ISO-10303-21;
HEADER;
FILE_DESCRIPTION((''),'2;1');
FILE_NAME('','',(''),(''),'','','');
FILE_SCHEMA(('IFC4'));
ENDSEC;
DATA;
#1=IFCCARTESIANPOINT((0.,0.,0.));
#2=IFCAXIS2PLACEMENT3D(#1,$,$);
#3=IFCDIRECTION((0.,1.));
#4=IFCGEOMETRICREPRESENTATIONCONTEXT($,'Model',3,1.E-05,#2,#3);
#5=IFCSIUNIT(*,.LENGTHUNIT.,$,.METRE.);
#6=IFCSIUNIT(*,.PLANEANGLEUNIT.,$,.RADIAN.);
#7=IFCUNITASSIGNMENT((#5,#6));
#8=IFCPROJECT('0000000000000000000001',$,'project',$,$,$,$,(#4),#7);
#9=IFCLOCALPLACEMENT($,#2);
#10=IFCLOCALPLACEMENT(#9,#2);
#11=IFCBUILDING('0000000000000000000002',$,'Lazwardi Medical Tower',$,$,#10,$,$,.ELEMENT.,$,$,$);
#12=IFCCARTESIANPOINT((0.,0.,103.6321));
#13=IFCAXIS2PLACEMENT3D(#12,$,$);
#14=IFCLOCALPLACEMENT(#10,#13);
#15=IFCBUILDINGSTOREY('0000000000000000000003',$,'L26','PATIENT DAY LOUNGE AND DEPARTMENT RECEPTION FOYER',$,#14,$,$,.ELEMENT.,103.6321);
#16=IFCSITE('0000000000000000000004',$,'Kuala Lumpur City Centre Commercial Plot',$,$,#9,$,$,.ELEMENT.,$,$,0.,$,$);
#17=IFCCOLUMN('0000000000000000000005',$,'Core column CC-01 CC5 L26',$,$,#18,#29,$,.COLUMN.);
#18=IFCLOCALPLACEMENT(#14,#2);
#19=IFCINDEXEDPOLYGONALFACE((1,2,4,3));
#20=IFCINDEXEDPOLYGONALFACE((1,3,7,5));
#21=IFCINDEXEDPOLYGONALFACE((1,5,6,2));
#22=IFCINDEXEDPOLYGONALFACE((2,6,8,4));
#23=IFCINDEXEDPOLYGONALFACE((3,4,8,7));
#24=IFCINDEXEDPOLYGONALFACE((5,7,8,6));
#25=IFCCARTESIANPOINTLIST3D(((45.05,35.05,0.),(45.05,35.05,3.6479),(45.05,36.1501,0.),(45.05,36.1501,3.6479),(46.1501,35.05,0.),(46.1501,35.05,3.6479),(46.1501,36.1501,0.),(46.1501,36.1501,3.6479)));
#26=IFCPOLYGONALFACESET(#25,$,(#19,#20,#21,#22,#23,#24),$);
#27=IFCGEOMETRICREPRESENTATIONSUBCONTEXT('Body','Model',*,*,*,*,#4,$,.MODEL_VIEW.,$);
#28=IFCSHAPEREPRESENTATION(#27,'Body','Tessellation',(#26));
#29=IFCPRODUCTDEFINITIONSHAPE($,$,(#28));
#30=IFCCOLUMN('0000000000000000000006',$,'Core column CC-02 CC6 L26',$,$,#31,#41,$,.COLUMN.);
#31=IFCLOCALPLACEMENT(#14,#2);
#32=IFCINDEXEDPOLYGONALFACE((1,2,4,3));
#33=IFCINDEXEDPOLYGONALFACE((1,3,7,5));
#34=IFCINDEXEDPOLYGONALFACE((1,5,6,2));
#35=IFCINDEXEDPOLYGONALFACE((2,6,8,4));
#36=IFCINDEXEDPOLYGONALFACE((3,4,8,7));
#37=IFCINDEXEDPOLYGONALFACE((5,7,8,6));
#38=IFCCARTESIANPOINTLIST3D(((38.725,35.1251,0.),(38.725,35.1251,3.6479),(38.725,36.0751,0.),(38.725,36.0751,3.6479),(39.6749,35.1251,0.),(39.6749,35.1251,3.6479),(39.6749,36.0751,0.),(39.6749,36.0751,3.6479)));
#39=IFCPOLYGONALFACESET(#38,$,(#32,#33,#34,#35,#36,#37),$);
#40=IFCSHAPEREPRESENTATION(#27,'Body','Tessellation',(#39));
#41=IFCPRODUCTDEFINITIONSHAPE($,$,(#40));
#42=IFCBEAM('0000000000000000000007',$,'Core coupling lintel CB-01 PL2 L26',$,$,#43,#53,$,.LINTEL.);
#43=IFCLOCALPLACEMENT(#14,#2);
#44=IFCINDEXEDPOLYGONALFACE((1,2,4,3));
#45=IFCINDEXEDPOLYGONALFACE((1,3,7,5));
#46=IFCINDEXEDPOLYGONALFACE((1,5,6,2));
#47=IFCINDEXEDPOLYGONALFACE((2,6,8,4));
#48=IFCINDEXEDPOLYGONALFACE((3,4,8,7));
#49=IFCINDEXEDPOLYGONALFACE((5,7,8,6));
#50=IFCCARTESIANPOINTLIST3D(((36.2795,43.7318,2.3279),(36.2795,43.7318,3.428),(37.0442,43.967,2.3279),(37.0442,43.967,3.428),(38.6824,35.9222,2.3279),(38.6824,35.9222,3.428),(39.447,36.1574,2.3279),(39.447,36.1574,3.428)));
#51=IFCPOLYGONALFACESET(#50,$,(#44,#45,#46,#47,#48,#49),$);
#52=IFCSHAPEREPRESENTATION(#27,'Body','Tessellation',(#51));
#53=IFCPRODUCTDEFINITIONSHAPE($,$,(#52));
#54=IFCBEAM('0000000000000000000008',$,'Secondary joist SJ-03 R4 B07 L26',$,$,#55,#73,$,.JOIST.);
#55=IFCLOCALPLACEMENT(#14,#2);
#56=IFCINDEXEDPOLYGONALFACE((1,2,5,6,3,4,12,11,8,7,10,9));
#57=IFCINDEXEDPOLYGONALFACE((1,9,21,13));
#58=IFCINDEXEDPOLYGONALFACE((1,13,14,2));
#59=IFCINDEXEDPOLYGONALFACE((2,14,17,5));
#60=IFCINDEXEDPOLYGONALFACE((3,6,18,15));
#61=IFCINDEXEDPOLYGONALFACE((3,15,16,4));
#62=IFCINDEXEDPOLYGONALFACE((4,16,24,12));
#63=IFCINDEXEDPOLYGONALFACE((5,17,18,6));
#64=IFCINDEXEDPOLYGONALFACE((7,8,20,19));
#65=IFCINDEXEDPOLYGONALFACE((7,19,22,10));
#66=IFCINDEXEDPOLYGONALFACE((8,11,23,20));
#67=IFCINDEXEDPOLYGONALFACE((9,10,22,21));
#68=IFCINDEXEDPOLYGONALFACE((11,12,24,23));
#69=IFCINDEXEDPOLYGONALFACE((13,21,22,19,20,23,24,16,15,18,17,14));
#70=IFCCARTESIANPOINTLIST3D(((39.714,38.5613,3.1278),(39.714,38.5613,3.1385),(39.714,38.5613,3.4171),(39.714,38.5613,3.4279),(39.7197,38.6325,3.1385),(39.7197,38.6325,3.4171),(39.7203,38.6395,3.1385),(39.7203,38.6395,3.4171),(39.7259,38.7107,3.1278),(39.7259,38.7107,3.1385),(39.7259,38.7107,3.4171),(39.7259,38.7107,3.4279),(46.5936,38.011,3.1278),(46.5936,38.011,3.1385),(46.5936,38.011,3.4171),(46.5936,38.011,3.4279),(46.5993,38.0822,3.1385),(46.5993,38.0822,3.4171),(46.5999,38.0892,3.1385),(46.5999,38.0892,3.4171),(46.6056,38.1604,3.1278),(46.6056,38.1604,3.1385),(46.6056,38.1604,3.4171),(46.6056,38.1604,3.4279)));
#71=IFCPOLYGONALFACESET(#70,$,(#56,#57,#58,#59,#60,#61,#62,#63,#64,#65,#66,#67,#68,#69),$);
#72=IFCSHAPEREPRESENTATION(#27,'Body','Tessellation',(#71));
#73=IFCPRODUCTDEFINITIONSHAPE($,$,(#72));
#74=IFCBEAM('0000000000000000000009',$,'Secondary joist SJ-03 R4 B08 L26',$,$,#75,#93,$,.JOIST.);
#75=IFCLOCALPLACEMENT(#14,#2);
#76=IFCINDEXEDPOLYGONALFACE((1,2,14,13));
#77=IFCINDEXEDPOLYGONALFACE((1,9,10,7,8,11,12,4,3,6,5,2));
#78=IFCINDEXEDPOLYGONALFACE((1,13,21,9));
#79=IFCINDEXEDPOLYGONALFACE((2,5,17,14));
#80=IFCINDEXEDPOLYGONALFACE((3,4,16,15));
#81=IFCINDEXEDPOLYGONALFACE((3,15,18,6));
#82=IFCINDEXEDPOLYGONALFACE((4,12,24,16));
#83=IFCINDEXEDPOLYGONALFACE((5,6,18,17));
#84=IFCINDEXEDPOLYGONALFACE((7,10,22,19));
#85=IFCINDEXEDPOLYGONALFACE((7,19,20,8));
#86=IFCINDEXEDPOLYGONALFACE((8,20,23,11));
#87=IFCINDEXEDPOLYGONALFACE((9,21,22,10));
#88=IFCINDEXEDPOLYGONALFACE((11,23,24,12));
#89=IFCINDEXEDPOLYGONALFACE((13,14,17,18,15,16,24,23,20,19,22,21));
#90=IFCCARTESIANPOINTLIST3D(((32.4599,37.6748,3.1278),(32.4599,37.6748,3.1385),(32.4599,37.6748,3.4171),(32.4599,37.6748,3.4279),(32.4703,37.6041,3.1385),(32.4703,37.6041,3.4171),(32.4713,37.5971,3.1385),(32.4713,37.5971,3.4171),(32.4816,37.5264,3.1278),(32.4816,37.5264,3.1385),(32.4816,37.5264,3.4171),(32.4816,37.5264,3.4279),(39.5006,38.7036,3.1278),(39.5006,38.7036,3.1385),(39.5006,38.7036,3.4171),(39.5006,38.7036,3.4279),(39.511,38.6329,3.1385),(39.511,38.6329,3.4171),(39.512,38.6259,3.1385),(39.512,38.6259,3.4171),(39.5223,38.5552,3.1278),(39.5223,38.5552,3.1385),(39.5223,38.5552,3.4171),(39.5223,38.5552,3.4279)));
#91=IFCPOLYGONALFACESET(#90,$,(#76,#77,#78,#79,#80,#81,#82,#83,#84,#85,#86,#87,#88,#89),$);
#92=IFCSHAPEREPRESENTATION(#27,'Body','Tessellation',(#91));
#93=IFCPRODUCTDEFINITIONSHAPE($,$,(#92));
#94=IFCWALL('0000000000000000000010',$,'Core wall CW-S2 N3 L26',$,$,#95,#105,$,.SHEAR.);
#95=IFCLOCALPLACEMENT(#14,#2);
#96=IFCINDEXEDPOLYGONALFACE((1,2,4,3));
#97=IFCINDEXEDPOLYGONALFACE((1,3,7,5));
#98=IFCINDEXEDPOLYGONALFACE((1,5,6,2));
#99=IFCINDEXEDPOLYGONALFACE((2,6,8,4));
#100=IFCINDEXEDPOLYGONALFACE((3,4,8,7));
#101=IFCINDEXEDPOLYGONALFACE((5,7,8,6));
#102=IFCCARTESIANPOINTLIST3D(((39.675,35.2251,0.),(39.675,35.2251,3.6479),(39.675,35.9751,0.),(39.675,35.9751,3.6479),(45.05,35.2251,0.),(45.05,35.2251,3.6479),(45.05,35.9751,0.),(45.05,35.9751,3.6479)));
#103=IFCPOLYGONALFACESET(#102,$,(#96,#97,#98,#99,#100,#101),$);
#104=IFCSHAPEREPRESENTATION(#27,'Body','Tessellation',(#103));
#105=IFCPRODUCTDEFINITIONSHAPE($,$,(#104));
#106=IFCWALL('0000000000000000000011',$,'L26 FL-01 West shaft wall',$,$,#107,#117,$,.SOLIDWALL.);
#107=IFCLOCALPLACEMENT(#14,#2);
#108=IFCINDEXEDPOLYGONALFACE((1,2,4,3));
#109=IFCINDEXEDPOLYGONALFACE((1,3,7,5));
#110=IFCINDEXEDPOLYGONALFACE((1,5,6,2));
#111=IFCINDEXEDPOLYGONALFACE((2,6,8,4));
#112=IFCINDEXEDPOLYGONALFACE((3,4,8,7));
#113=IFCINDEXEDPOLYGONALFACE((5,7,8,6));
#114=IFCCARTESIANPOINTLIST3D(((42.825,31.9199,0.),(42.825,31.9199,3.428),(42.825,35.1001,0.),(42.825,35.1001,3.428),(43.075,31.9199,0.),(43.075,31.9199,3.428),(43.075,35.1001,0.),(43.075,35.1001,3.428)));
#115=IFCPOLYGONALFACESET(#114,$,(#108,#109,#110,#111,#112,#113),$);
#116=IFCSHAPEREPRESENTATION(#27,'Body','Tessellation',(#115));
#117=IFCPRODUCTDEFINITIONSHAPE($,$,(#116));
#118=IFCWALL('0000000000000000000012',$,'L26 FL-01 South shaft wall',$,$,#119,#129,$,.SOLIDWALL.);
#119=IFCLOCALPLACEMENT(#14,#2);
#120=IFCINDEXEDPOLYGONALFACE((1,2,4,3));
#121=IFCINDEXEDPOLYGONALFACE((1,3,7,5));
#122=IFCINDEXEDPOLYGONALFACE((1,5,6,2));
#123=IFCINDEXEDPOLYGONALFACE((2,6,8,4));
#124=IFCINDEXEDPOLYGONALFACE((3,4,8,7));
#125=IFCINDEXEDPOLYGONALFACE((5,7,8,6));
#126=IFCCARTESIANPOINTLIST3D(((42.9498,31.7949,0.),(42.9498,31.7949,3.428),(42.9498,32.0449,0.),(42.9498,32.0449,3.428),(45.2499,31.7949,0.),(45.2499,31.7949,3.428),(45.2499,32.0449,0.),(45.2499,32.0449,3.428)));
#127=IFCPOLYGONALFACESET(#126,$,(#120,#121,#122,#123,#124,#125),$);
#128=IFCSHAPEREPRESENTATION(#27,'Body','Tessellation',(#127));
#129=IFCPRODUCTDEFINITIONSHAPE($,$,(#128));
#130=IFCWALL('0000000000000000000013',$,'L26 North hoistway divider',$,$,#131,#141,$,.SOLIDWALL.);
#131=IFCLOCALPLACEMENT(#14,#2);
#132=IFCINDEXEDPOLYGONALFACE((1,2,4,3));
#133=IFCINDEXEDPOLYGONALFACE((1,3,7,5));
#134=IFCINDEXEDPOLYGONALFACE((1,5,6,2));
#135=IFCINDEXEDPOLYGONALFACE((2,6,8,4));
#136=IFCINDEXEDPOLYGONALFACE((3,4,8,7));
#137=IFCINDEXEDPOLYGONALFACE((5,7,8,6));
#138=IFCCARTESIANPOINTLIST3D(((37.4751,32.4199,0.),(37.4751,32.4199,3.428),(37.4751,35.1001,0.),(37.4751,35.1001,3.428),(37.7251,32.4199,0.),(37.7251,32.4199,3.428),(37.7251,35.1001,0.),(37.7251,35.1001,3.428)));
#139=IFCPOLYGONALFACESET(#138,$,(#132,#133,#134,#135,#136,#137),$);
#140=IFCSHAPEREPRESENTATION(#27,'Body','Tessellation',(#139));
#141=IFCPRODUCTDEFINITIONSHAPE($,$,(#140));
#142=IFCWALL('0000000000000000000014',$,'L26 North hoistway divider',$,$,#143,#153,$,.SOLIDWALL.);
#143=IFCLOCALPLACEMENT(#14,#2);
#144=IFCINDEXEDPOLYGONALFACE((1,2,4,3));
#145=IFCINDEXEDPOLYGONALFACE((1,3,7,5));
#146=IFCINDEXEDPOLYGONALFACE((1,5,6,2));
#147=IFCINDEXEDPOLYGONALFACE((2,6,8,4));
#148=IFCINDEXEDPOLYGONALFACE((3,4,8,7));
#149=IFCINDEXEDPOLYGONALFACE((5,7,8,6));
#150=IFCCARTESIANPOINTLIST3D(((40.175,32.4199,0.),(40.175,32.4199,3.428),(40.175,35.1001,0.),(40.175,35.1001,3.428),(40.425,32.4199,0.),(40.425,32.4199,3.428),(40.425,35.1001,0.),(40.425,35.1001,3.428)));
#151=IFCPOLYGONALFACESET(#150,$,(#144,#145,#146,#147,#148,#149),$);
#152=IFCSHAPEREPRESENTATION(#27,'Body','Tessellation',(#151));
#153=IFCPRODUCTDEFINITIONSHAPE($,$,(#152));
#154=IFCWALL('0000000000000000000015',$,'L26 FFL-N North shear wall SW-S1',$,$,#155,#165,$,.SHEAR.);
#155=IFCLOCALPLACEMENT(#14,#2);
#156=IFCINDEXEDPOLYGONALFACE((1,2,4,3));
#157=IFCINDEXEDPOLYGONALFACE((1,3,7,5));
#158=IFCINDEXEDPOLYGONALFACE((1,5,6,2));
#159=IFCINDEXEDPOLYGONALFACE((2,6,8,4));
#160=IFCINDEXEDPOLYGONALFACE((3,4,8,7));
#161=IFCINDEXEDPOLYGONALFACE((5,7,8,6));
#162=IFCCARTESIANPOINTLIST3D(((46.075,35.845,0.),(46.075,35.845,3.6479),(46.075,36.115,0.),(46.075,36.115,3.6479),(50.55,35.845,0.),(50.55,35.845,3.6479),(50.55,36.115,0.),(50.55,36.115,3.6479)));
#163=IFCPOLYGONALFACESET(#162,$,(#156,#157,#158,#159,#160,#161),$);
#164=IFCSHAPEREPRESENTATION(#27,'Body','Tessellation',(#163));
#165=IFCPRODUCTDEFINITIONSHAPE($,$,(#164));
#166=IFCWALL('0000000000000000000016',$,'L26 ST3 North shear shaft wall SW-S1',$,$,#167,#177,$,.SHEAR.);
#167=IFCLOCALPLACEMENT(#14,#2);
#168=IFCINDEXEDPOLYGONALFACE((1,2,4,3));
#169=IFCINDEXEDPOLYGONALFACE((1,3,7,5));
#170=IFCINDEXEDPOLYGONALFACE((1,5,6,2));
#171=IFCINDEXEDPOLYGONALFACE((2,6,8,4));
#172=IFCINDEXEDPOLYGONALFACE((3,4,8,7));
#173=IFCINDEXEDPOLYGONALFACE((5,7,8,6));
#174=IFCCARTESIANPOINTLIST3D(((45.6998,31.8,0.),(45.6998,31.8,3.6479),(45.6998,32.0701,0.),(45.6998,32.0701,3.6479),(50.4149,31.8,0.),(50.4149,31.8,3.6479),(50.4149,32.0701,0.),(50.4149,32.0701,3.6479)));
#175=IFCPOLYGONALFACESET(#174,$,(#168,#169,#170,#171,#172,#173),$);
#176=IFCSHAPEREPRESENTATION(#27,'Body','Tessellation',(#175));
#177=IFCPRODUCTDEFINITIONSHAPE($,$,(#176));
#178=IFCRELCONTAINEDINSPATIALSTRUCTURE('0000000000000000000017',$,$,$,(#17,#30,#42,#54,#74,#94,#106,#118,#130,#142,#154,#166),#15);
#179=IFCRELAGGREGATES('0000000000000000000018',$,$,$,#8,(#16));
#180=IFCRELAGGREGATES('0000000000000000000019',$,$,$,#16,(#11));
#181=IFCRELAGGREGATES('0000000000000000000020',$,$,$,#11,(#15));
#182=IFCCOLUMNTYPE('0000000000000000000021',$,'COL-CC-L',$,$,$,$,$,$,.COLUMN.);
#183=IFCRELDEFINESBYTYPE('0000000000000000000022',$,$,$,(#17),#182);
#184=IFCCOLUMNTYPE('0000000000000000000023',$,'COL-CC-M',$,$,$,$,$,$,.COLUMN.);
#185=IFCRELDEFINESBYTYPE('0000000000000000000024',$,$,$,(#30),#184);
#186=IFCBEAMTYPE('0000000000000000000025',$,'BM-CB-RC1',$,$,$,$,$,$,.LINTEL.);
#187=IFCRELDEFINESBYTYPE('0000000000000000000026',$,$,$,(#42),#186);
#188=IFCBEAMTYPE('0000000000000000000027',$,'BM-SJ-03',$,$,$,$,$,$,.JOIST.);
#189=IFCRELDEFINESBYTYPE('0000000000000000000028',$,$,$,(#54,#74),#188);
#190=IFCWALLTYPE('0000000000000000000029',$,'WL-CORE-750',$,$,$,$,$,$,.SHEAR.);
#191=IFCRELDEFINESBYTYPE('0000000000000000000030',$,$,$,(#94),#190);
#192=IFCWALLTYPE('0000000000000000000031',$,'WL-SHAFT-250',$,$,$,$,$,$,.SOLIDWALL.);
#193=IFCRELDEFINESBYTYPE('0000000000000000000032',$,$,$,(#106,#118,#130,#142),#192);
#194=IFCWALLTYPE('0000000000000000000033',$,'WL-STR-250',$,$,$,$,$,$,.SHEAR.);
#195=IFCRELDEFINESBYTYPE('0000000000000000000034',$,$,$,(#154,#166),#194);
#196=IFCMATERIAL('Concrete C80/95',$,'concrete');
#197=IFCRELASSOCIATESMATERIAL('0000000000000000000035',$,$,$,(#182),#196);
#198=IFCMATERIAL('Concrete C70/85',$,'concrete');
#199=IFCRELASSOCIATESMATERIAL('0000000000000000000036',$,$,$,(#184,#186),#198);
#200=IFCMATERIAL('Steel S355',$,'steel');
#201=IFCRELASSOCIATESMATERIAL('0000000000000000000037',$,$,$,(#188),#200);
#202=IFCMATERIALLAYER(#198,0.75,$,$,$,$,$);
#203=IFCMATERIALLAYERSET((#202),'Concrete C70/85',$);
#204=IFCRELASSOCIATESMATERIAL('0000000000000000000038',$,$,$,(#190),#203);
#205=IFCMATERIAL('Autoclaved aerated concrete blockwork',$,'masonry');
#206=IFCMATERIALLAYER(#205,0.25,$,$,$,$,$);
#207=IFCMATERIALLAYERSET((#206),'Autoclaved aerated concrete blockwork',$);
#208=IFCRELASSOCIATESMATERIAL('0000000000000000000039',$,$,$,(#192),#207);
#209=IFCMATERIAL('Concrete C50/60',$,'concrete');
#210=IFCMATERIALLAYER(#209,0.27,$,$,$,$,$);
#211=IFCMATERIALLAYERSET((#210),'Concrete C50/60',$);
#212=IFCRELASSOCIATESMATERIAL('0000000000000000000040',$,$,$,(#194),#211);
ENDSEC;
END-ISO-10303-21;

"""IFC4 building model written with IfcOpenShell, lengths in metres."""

from ifc_helpers import new_model, si_unit, direction, frame, frame_2d, origin, origin_2d, place, context, subcontext, project, spatial, rectangle, i_section, extrude, material, layer, layer_set, material_profile, profile_set, type_object, element, save


model = new_model("IFC4")

# Units and contexts
model_context = context("Model", 3, precision=1e-05, world=origin(), true_north=direction((0.0, 1.0)))
body_context = subcontext(model_context, "Body", "Model", "MODEL_VIEW")
ifc_project = project(units=[si_unit("LENGTHUNIT", "METRE"), si_unit("PLANEANGLEUNIT", "RADIAN")], contexts=[model_context])

# Site, building, storey
site_placement = place(None, origin())
site = spatial("IfcSite", under=ifc_project, at=site_placement, Name="Kuala Lumpur City Centre Commercial Plot", CompositionType="ELEMENT", RefElevation=0.0)
building_placement = place(site_placement, origin())
building = spatial("IfcBuilding", under=site, at=building_placement, Name="Lazwardi Medical Tower", CompositionType="ELEMENT")
storey_placement = place(building_placement, frame((0.0, 0.0, 103.6321)))
storey = spatial("IfcBuildingStorey", under=building, at=storey_placement, Name="L26", Description="PATIENT DAY LOUNGE AND DEPARTMENT RECEPTION FOYER", CompositionType="ELEMENT", Elevation=103.6321)

# Columns
ifc_material_1 = material(Name="Concrete C80/95", Category="concrete")
ifc_material_profile_1 = material_profile(ifc_material_1, rectangle(XDim=1.1001, YDim=1.1001, at=origin_2d()), Name="RC 1100x1100")
ifc_profile_set_1 = profile_set([ifc_material_profile_1], Name="Concrete C80/95")
column_type_1 = type_object("IfcColumnType", Name="COL-CC-L", PredefinedType="COLUMN", material=ifc_profile_set_1)
column_1_placement = place(storey_placement, frame((45.6001, 35.6001, 0.0), z_axis=(0.0, 0.0, 1.0), x_axis=(1.0, 0.0, 0.0)))
element("IfcColumn", 1, at=column_1_placement, inside=storey, type_object=column_type_1, Name="Core column CC-01 CC5 L26", PredefinedType="COLUMN", context=body_context, shape_type="SweptSolid", body=[
    extrude(rectangle(XDim=1.1001, YDim=1.1001, at=origin_2d()), origin(), (0.0, 0.0, 1.0), 3.6479),
])
ifc_material_2 = material(Name="Concrete C70/85", Category="concrete")
ifc_material_profile_2 = material_profile(ifc_material_2, rectangle(XDim=0.95, YDim=0.95, at=origin_2d()), Name="RC 950x950")
ifc_profile_set_2 = profile_set([ifc_material_profile_2], Name="Concrete C70/85")
column_type_2 = type_object("IfcColumnType", Name="COL-CC-M", PredefinedType="COLUMN", material=ifc_profile_set_2)
column_2_placement = place(storey_placement, frame((39.2, 35.6001, 0.0), z_axis=(0.0, 0.0, 1.0), x_axis=(1.0, 0.0, 0.0)))
element("IfcColumn", 2, at=column_2_placement, inside=storey, type_object=column_type_2, Name="Core column CC-02 CC6 L26", PredefinedType="COLUMN", context=body_context, shape_type="SweptSolid", body=[
    extrude(rectangle(XDim=0.95, YDim=0.95, at=origin_2d()), origin(), (0.0, 0.0, 1.0), 3.6479),
])

# Beams
ifc_material_profile_3 = material_profile(ifc_material_2, rectangle(XDim=0.8, YDim=1.1001, at=origin_2d()), Name="RC 800x1100")
ifc_profile_set_3 = profile_set([ifc_material_profile_3], Name="Concrete C70/85")
beam_type_1 = type_object("IfcBeamType", Name="BM-CB-RC1", PredefinedType="LINTEL", material=ifc_profile_set_3)
beam_1_placement = place(storey_placement, frame((39.0647, 36.0398, 2.8779), z_axis=(-0.294073, 0.955783, 0.0), x_axis=(-0.955783, -0.294073, 0.0)))
element("IfcBeam", 3, at=beam_1_placement, inside=storey, type_object=beam_type_1, Name="Core coupling lintel CB-01 PL2 L26", PredefinedType="LINTEL", context=body_context, shape_type="SweptSolid", body=[
    extrude(rectangle(XDim=0.8, YDim=1.1001, at=origin_2d()), origin(), (0.0, 0.0, 1.0), 8.1709),
])
ifc_material_3 = material(Name="Steel S355", Category="steel")
ifc_material_profile_4 = material_profile(ifc_material_3, i_section(OverallWidth=0.1499, OverallDepth=0.3, WebThickness=0.0071, FlangeThickness=0.0107, at=origin_2d()), Name="IPE 300")
ifc_profile_set_4 = profile_set([ifc_material_profile_4], Name="Steel S355")
beam_type_2 = type_object("IfcBeamType", Name="BM-SJ-03", PredefinedType="JOIST", material=ifc_profile_set_4)
beam_2_placement = place(storey_placement, frame((46.5996, 38.0857, 3.2778), z_axis=(-0.996816, 0.079734, 0.0), x_axis=(-0.079734, -0.996816, 0.0)))
element("IfcBeam", 4, at=beam_2_placement, inside=storey, type_object=beam_type_2, Name="Secondary joist SJ-03 R4 B07 L26", PredefinedType="JOIST", context=body_context, shape_type="SweptSolid", body=[
    extrude(i_section(OverallWidth=0.1499, OverallDepth=0.3, WebThickness=0.0071, FlangeThickness=0.0107, at=origin_2d()), origin(), (0.0, 0.0, 1.0), 6.9016),
])
beam_3_placement = place(storey_placement, frame((39.5115, 38.6294, 3.2778), z_axis=(-0.989492, -0.144586, 0.0), x_axis=(0.144586, -0.989492, 0.0)))
element("IfcBeam", 5, at=beam_3_placement, inside=storey, type_object=beam_type_2, Name="Secondary joist SJ-03 R4 B08 L26", PredefinedType="JOIST", context=body_context, shape_type="SweptSolid", body=[
    extrude(i_section(OverallWidth=0.1499, OverallDepth=0.3, WebThickness=0.0071, FlangeThickness=0.0107, at=origin_2d()), origin(), (0.0, 0.0, 1.0), 7.1155),
])

# Walls
ifc_layer_1 = layer(ifc_material_2, 0.75)
ifc_layer_set_1 = layer_set([ifc_layer_1], Name="Concrete C70/85")
wall_type_1 = type_object("IfcWallType", Name="WL-CORE-750", PredefinedType="SHEAR", material=ifc_layer_set_1)
wall_1_placement = place(storey_placement, frame((39.675, 35.6001, 0.0), z_axis=(0.0, 0.0, 1.0), x_axis=(1.0, 0.0, 0.0)))
element("IfcWall", 6, at=wall_1_placement, inside=storey, type_object=wall_type_1, Name="Core wall CW-S2 N3 L26", PredefinedType="SHEAR", context=body_context, shape_type="SweptSolid", body=[
    extrude(rectangle(XDim=5.375, YDim=0.75, at=frame_2d((2.6875, 0.0))), origin(), (0.0, 0.0, 1.0), 3.6479),
])
ifc_material_4 = material(Name="Autoclaved aerated concrete blockwork", Category="masonry")
ifc_layer_2 = layer(ifc_material_4, 0.25)
ifc_layer_set_2 = layer_set([ifc_layer_2], Name="Autoclaved aerated concrete blockwork")
wall_type_2 = type_object("IfcWallType", Name="WL-SHAFT-250", PredefinedType="SOLIDWALL", material=ifc_layer_set_2)
wall_2_placement = place(storey_placement, frame((42.95, 31.9199, 0.0), z_axis=(0.0, 0.0, 1.0), x_axis=(0.0, 1.0, 0.0)))
element("IfcWall", 7, at=wall_2_placement, inside=storey, type_object=wall_type_2, Name="L26 FL-01 West shaft wall", PredefinedType="SOLIDWALL", context=body_context, shape_type="SweptSolid", body=[
    extrude(rectangle(XDim=3.1802, YDim=0.25, at=frame_2d((1.5901, 0.0))), origin(), (0.0, 0.0, 1.0), 3.428),
])
wall_3_placement = place(storey_placement, frame((42.95, 31.9199, 0.0), z_axis=(0.0, 0.0, 1.0), x_axis=(1.0, 0.0, 0.0)))
element("IfcWall", 8, at=wall_3_placement, inside=storey, type_object=wall_type_2, Name="L26 FL-01 South shaft wall", PredefinedType="SOLIDWALL", context=body_context, shape_type="SweptSolid", body=[
    extrude(rectangle(XDim=2.3, YDim=0.25, at=frame_2d((1.1499, 0.0))), origin(), (0.0, 0.0, 1.0), 3.428),
])
for number, where, z_axis, x_axis, name in (
    (9, (37.6001, 32.4199, 0.0), (0.0, 0.0, 1.0), (0.0, 1.0, 0.0), "L26 North hoistway divider"),
    (10, (40.3, 32.4199, 0.0), (0.0, 0.0, 1.0), (0.0, 1.0, 0.0), "L26 North hoistway divider"),
):
    element("IfcWall", number, at=place(storey_placement, frame(where, z_axis=z_axis, x_axis=x_axis)), inside=storey, type_object=wall_type_2, Name=name, PredefinedType="SOLIDWALL", context=body_context, shape_type="SweptSolid", body=[
        extrude(rectangle(XDim=2.6802, YDim=0.25, at=frame_2d((1.3401, 0.0))), origin(), (0.0, 0.0, 1.0), 3.428),
    ])

# Shared definitions
ifc_material_5 = material(Name="Concrete C50/60", Category="concrete")
ifc_layer_3 = layer(ifc_material_5, 0.27)
ifc_layer_set_3 = layer_set([ifc_layer_3], Name="Concrete C50/60")
wall_type_3 = type_object("IfcWallType", Name="WL-STR-250", PredefinedType="SHEAR", material=ifc_layer_set_3)

# Walls
wall_4_placement = place(storey_placement, frame((46.075, 35.98, 0.0), z_axis=(0.0, 0.0, 1.0), x_axis=(1.0, 0.0, 0.0)))
element("IfcWall", 11, at=wall_4_placement, inside=storey, type_object=wall_type_3, Name="L26 FFL-N North shear wall SW-S1", PredefinedType="SHEAR", context=body_context, shape_type="SweptSolid", body=[
    extrude(rectangle(XDim=4.4751, YDim=0.27, at=frame_2d((2.2375, 0.0))), origin(), (0.0, 0.0, 1.0), 3.6479),
])
wall_5_placement = place(storey_placement, frame((45.7, 31.9351, 0.0), z_axis=(0.0, 0.0, 1.0), x_axis=(1.0, 0.0, 0.0)))
element("IfcWall", 12, at=wall_5_placement, inside=storey, type_object=wall_type_3, Name="L26 ST3 North shear shaft wall SW-S1", PredefinedType="SHEAR", context=body_context, shape_type="SweptSolid", body=[
    extrude(rectangle(XDim=4.7151, YDim=0.27, at=frame_2d((2.3574, 0.0))), origin(), (0.0, 0.0, 1.0), 3.6479),
])

save(model, "model.ifc")
